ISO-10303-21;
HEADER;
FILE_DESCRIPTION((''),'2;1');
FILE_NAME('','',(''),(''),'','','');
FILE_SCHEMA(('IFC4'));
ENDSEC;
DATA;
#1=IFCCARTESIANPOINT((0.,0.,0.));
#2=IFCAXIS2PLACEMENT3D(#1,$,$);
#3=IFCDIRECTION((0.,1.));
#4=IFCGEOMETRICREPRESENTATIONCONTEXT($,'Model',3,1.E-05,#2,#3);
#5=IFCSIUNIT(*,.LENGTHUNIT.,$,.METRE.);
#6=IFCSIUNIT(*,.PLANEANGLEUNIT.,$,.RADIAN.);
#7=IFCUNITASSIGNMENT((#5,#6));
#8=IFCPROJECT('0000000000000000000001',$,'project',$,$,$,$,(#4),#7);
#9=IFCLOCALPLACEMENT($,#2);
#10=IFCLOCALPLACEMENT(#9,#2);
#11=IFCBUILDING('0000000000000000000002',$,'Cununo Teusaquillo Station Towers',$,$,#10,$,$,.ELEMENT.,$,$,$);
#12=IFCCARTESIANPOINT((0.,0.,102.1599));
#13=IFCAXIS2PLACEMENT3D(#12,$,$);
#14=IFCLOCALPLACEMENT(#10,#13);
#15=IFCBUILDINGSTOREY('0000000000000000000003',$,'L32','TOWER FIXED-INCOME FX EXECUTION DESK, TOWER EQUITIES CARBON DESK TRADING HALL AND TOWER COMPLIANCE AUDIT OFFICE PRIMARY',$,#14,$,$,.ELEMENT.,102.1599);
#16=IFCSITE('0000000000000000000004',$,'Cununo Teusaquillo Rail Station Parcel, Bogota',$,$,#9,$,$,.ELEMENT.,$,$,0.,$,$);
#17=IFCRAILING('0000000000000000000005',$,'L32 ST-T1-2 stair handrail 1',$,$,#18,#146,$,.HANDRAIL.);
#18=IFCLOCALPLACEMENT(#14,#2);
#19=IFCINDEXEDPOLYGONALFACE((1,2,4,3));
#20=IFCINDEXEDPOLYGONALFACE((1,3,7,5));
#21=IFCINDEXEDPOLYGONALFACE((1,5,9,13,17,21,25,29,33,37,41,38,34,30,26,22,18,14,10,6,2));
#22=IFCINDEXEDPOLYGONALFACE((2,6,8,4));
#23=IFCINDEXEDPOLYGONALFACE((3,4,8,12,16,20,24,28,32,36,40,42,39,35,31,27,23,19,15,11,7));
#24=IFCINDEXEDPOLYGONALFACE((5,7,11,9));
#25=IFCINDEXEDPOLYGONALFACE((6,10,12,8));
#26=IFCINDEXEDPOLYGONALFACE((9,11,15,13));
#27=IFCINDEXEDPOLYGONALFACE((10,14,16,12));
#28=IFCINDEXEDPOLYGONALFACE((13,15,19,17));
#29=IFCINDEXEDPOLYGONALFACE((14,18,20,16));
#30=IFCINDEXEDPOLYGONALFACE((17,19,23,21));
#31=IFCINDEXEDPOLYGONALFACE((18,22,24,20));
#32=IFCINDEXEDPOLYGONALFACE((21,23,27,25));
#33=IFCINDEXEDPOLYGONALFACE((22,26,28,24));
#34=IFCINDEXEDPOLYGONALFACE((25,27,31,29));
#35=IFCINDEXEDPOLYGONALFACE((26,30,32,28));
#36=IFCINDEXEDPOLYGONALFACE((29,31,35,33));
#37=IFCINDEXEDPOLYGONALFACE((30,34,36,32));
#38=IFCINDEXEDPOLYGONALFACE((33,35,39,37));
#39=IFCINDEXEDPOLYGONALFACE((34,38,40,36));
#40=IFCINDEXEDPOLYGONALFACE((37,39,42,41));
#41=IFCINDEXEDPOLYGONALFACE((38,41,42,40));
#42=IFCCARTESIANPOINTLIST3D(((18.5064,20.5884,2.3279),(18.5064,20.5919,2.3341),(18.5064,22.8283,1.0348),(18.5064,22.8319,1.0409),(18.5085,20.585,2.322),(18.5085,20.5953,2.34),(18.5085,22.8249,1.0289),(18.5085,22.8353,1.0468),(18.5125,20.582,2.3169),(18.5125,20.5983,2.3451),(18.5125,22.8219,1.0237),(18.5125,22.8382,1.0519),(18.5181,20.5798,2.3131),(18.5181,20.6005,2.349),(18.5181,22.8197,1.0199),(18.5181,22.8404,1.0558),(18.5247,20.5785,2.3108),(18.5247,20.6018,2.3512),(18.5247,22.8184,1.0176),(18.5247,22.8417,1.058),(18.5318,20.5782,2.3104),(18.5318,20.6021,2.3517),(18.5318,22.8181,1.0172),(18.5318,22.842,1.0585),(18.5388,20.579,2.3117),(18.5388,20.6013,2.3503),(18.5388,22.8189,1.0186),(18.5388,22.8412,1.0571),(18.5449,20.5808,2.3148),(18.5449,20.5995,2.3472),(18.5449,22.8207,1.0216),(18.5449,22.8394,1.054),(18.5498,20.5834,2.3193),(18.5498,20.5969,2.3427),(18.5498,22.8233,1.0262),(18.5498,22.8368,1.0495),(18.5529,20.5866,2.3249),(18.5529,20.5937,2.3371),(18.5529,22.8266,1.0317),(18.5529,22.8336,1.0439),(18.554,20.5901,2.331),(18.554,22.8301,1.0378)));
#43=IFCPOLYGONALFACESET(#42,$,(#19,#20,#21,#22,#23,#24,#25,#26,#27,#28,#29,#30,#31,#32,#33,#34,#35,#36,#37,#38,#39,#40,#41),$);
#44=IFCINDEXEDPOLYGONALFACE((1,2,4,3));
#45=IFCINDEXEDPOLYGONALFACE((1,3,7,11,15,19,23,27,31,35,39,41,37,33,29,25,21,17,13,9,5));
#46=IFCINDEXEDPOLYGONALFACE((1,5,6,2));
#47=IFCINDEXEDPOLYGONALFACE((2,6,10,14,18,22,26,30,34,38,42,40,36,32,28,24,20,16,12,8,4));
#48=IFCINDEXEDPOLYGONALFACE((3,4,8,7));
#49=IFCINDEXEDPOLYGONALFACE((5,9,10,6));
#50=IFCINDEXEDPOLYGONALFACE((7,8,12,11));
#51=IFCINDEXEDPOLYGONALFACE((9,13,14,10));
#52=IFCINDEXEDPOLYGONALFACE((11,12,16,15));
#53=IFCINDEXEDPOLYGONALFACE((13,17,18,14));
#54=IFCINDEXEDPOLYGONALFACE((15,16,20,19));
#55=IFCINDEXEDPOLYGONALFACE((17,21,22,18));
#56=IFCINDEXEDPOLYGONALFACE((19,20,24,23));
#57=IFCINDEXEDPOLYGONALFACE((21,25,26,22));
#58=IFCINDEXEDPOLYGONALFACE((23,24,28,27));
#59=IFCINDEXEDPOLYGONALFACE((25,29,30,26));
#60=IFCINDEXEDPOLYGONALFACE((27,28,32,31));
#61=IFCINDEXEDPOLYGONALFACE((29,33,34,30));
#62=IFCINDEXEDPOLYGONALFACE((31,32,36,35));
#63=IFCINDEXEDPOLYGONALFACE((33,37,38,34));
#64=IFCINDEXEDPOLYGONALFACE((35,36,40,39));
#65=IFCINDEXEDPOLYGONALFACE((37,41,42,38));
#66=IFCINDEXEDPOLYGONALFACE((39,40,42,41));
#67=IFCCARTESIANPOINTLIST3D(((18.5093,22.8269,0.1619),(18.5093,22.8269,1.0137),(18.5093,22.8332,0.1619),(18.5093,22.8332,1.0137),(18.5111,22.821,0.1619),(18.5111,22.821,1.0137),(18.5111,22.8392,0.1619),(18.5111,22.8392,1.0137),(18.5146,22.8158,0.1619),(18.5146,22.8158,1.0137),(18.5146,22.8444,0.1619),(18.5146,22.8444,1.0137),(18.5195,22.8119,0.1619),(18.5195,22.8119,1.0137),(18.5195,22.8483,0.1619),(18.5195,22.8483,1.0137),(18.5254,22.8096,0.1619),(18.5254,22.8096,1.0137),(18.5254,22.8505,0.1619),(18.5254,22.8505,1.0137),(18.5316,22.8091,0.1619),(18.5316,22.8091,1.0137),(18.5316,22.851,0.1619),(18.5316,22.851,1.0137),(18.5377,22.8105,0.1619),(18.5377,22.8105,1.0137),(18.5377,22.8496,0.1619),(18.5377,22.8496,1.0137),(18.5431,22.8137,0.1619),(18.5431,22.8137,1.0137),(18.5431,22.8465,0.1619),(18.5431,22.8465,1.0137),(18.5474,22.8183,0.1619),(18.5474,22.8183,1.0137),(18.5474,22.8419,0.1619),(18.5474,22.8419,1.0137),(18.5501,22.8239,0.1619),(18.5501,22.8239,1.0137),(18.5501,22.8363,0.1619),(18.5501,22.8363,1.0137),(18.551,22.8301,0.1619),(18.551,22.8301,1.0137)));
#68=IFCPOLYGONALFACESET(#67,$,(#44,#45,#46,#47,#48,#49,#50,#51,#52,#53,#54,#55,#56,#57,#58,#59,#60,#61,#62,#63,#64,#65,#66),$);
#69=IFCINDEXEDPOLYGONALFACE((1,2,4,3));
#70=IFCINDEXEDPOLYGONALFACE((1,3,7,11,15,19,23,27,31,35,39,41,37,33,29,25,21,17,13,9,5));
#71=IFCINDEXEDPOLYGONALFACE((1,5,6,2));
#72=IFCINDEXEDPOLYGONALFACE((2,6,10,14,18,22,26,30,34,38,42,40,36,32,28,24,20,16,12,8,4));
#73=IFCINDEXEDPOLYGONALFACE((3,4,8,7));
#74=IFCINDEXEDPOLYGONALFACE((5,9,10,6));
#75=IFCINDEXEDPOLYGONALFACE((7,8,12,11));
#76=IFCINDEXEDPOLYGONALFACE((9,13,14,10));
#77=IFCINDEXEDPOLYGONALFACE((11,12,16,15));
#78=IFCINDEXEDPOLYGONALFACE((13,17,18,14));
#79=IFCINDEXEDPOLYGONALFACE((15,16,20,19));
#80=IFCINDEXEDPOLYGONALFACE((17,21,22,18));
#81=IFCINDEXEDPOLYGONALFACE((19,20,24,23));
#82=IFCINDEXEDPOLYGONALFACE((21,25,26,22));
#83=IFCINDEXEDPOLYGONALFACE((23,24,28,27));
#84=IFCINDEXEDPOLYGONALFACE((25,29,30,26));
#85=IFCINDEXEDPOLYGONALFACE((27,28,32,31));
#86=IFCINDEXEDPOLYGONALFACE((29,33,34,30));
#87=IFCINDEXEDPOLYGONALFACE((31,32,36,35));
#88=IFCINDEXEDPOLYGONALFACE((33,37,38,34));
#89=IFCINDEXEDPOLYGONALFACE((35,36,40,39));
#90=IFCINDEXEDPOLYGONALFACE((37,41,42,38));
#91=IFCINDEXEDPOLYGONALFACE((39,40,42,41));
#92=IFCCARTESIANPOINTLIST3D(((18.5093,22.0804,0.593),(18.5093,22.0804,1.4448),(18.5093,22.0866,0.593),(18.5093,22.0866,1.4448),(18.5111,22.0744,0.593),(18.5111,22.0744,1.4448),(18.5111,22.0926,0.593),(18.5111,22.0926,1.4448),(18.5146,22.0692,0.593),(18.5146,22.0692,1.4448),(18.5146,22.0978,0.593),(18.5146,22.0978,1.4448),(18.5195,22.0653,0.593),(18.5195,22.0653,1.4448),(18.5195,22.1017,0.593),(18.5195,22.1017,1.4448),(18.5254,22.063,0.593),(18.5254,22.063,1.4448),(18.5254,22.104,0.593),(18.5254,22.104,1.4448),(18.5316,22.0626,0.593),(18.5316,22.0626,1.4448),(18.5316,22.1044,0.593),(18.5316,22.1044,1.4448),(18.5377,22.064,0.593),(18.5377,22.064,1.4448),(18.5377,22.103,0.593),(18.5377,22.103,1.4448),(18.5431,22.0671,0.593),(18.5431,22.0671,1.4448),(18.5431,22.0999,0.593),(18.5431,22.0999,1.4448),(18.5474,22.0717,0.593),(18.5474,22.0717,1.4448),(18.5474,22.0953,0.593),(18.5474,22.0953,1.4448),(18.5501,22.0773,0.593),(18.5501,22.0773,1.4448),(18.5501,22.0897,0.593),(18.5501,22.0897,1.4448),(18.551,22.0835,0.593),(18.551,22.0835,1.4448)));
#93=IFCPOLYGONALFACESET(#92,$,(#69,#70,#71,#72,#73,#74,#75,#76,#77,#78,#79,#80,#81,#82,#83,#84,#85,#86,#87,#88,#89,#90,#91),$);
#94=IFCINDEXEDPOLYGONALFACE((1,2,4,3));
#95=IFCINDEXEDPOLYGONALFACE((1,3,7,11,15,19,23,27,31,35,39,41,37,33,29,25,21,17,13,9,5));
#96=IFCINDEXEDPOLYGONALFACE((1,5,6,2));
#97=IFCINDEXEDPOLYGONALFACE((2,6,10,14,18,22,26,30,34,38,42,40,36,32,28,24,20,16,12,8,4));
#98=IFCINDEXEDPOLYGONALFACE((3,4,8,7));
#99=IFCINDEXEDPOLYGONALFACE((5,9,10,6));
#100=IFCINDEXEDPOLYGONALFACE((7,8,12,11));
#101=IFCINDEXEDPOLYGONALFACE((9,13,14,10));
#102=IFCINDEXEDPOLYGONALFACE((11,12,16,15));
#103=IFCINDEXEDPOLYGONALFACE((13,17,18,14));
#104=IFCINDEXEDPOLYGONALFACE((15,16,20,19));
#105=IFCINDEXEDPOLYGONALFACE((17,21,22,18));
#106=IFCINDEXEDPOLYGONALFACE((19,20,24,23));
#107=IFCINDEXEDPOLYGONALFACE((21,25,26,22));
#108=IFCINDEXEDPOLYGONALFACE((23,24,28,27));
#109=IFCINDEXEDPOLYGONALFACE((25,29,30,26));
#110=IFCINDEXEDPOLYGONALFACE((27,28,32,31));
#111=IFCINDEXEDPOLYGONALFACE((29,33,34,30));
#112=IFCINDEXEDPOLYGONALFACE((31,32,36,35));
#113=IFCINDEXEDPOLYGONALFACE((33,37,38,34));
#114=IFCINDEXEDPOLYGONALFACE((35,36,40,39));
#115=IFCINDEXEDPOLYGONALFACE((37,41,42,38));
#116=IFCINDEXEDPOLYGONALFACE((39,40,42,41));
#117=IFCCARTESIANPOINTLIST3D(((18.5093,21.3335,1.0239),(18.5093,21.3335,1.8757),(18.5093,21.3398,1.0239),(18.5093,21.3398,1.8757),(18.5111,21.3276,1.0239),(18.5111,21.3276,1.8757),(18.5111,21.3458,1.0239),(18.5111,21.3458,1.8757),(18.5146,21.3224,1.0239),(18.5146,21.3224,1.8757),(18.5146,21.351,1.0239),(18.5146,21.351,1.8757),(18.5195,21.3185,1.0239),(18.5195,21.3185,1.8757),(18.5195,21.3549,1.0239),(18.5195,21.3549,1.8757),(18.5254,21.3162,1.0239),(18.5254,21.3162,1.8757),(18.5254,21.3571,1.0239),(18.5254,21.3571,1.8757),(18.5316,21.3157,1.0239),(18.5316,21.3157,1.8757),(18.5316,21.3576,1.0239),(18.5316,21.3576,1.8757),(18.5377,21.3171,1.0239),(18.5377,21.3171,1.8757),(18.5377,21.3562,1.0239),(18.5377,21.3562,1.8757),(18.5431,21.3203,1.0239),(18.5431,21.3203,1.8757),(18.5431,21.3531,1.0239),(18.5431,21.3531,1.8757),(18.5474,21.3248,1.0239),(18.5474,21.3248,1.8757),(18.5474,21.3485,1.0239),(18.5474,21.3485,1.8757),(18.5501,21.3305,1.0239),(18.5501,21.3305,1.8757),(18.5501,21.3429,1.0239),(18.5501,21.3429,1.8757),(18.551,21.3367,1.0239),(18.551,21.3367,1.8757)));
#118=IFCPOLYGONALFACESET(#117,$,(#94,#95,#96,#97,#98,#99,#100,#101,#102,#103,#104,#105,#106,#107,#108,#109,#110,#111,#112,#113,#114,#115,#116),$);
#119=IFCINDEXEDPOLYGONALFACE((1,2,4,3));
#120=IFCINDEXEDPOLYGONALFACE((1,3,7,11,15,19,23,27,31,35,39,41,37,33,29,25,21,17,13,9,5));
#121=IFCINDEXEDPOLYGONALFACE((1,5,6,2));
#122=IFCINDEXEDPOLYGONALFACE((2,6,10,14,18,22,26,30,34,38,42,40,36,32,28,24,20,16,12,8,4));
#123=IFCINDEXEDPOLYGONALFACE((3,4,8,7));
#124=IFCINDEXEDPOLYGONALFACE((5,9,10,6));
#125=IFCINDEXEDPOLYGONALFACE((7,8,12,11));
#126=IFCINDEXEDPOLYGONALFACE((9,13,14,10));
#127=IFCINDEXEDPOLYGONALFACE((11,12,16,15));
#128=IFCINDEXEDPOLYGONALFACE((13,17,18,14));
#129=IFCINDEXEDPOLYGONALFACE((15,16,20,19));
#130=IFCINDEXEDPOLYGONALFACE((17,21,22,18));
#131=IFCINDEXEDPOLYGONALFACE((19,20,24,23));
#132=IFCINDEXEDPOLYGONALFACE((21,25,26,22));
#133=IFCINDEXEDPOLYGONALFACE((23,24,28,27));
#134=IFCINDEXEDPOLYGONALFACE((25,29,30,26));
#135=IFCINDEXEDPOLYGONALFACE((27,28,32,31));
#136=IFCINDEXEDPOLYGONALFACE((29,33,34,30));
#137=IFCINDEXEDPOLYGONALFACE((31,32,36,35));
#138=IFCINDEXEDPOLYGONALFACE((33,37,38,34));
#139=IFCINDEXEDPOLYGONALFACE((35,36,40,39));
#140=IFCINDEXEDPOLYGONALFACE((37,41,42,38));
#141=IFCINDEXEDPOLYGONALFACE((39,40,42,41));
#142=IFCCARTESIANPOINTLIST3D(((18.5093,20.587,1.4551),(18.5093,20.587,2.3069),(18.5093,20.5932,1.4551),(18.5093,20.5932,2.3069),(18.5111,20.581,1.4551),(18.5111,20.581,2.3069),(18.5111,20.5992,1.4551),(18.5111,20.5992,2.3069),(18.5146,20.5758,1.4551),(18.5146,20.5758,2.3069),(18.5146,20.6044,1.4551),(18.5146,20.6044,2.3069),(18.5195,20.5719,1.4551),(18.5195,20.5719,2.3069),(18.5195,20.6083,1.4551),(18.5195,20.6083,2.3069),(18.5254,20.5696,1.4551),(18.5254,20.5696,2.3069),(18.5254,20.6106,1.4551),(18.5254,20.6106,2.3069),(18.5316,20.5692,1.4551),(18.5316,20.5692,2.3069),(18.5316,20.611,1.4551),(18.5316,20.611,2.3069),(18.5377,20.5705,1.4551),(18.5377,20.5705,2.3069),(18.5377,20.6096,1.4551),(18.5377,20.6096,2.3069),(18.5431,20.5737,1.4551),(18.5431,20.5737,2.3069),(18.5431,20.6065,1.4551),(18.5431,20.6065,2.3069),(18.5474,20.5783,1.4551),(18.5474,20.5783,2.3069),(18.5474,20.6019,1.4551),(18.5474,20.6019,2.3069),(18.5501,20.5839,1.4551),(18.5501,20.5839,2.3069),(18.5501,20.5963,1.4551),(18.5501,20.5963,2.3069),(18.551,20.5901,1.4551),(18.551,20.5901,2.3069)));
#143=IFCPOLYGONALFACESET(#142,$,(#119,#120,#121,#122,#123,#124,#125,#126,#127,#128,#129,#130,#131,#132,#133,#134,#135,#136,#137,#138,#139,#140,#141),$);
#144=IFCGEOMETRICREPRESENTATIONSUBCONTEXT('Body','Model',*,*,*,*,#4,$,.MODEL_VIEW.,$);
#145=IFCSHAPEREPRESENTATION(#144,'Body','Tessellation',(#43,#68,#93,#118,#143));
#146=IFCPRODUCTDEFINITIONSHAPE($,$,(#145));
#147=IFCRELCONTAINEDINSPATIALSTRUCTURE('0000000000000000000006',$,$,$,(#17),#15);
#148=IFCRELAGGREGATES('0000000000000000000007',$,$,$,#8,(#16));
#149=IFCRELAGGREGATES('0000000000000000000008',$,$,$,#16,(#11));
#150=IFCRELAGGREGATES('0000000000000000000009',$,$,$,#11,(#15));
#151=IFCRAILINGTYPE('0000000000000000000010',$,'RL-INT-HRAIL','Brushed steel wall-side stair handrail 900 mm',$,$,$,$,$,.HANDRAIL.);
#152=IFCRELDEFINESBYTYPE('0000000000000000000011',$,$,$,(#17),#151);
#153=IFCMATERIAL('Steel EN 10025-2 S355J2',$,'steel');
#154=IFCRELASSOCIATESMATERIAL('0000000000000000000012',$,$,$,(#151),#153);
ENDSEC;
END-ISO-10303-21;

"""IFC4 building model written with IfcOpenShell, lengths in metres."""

from ifc_helpers import new_model, si_unit, direction, frame, origin, origin_2d, place, context, subcontext, project, spatial, circle, extrude, material, type_object, element, save


model = new_model("IFC4")

# Units and contexts
model_context = context("Model", 3, precision=1e-05, world=origin(), true_north=direction((0.0, 1.0)))
body_context = subcontext(model_context, "Body", "Model", "MODEL_VIEW")
ifc_project = project(units=[si_unit("LENGTHUNIT", "METRE"), si_unit("PLANEANGLEUNIT", "RADIAN")], contexts=[model_context])

# Site, building, storey
site_placement = place(None, origin())
site = spatial("IfcSite", under=ifc_project, at=site_placement, Name="Cununo Teusaquillo Rail Station Parcel, Bogota", CompositionType="ELEMENT", RefElevation=0.0)
building_placement = place(site_placement, origin())
building = spatial("IfcBuilding", under=site, at=building_placement, Name="Cununo Teusaquillo Station Towers", CompositionType="ELEMENT")
storey_placement = place(building_placement, frame((0.0, 0.0, 102.1599)))
storey = spatial("IfcBuildingStorey", under=building, at=storey_placement, Name="L32", Description="TOWER FIXED-INCOME FX EXECUTION DESK, TOWER EQUITIES CARBON DESK TRADING HALL AND TOWER COMPLIANCE AUDIT OFFICE PRIMARY", CompositionType="ELEMENT", Elevation=102.1599)

# Railing
ifc_material_1 = material(Name="Steel EN 10025-2 S355J2", Category="steel")
railing_type_1 = type_object("IfcRailingType", Name="RL-INT-HRAIL", Description="Brushed steel wall-side stair handrail 900 mm", PredefinedType="HANDRAIL", material=ifc_material_1)
railing_1_placement = place(storey_placement, frame((18.53, 22.8301, 0.1619)))
element("IfcRailing", 1, at=railing_1_placement, inside=storey, type_object=railing_type_1, Name="L32 ST-T1-2 stair handrail 1", PredefinedType="HANDRAIL", context=body_context, shape_type="SweptSolid", body=[
    extrude(circle(Radius=0.0239, at=origin_2d()), frame((0.0, 0.0, 0.876), z_axis=(0.0, -0.866033, 0.499987), x_axis=(1.0, 0.0, 0.0)), (0.0, 0.0, 1.0), 2.5864),
    extrude(circle(Radius=0.021, at=origin_2d()), origin(), (0.0, 0.0, 1.0), 0.8518),
    extrude(circle(Radius=0.021, at=origin_2d()), frame((0.0, -0.7466, 0.4312)), (0.0, 0.0, 1.0), 0.8518),
    extrude(circle(Radius=0.021, at=origin_2d()), frame((0.0, -1.4934, 0.8621)), (0.0, 0.0, 1.0), 0.8518),
    extrude(circle(Radius=0.021, at=origin_2d()), frame((0.0, -2.24, 1.2932)), (0.0, 0.0, 1.0), 0.8518),
])

save(model, "model.ifc")
